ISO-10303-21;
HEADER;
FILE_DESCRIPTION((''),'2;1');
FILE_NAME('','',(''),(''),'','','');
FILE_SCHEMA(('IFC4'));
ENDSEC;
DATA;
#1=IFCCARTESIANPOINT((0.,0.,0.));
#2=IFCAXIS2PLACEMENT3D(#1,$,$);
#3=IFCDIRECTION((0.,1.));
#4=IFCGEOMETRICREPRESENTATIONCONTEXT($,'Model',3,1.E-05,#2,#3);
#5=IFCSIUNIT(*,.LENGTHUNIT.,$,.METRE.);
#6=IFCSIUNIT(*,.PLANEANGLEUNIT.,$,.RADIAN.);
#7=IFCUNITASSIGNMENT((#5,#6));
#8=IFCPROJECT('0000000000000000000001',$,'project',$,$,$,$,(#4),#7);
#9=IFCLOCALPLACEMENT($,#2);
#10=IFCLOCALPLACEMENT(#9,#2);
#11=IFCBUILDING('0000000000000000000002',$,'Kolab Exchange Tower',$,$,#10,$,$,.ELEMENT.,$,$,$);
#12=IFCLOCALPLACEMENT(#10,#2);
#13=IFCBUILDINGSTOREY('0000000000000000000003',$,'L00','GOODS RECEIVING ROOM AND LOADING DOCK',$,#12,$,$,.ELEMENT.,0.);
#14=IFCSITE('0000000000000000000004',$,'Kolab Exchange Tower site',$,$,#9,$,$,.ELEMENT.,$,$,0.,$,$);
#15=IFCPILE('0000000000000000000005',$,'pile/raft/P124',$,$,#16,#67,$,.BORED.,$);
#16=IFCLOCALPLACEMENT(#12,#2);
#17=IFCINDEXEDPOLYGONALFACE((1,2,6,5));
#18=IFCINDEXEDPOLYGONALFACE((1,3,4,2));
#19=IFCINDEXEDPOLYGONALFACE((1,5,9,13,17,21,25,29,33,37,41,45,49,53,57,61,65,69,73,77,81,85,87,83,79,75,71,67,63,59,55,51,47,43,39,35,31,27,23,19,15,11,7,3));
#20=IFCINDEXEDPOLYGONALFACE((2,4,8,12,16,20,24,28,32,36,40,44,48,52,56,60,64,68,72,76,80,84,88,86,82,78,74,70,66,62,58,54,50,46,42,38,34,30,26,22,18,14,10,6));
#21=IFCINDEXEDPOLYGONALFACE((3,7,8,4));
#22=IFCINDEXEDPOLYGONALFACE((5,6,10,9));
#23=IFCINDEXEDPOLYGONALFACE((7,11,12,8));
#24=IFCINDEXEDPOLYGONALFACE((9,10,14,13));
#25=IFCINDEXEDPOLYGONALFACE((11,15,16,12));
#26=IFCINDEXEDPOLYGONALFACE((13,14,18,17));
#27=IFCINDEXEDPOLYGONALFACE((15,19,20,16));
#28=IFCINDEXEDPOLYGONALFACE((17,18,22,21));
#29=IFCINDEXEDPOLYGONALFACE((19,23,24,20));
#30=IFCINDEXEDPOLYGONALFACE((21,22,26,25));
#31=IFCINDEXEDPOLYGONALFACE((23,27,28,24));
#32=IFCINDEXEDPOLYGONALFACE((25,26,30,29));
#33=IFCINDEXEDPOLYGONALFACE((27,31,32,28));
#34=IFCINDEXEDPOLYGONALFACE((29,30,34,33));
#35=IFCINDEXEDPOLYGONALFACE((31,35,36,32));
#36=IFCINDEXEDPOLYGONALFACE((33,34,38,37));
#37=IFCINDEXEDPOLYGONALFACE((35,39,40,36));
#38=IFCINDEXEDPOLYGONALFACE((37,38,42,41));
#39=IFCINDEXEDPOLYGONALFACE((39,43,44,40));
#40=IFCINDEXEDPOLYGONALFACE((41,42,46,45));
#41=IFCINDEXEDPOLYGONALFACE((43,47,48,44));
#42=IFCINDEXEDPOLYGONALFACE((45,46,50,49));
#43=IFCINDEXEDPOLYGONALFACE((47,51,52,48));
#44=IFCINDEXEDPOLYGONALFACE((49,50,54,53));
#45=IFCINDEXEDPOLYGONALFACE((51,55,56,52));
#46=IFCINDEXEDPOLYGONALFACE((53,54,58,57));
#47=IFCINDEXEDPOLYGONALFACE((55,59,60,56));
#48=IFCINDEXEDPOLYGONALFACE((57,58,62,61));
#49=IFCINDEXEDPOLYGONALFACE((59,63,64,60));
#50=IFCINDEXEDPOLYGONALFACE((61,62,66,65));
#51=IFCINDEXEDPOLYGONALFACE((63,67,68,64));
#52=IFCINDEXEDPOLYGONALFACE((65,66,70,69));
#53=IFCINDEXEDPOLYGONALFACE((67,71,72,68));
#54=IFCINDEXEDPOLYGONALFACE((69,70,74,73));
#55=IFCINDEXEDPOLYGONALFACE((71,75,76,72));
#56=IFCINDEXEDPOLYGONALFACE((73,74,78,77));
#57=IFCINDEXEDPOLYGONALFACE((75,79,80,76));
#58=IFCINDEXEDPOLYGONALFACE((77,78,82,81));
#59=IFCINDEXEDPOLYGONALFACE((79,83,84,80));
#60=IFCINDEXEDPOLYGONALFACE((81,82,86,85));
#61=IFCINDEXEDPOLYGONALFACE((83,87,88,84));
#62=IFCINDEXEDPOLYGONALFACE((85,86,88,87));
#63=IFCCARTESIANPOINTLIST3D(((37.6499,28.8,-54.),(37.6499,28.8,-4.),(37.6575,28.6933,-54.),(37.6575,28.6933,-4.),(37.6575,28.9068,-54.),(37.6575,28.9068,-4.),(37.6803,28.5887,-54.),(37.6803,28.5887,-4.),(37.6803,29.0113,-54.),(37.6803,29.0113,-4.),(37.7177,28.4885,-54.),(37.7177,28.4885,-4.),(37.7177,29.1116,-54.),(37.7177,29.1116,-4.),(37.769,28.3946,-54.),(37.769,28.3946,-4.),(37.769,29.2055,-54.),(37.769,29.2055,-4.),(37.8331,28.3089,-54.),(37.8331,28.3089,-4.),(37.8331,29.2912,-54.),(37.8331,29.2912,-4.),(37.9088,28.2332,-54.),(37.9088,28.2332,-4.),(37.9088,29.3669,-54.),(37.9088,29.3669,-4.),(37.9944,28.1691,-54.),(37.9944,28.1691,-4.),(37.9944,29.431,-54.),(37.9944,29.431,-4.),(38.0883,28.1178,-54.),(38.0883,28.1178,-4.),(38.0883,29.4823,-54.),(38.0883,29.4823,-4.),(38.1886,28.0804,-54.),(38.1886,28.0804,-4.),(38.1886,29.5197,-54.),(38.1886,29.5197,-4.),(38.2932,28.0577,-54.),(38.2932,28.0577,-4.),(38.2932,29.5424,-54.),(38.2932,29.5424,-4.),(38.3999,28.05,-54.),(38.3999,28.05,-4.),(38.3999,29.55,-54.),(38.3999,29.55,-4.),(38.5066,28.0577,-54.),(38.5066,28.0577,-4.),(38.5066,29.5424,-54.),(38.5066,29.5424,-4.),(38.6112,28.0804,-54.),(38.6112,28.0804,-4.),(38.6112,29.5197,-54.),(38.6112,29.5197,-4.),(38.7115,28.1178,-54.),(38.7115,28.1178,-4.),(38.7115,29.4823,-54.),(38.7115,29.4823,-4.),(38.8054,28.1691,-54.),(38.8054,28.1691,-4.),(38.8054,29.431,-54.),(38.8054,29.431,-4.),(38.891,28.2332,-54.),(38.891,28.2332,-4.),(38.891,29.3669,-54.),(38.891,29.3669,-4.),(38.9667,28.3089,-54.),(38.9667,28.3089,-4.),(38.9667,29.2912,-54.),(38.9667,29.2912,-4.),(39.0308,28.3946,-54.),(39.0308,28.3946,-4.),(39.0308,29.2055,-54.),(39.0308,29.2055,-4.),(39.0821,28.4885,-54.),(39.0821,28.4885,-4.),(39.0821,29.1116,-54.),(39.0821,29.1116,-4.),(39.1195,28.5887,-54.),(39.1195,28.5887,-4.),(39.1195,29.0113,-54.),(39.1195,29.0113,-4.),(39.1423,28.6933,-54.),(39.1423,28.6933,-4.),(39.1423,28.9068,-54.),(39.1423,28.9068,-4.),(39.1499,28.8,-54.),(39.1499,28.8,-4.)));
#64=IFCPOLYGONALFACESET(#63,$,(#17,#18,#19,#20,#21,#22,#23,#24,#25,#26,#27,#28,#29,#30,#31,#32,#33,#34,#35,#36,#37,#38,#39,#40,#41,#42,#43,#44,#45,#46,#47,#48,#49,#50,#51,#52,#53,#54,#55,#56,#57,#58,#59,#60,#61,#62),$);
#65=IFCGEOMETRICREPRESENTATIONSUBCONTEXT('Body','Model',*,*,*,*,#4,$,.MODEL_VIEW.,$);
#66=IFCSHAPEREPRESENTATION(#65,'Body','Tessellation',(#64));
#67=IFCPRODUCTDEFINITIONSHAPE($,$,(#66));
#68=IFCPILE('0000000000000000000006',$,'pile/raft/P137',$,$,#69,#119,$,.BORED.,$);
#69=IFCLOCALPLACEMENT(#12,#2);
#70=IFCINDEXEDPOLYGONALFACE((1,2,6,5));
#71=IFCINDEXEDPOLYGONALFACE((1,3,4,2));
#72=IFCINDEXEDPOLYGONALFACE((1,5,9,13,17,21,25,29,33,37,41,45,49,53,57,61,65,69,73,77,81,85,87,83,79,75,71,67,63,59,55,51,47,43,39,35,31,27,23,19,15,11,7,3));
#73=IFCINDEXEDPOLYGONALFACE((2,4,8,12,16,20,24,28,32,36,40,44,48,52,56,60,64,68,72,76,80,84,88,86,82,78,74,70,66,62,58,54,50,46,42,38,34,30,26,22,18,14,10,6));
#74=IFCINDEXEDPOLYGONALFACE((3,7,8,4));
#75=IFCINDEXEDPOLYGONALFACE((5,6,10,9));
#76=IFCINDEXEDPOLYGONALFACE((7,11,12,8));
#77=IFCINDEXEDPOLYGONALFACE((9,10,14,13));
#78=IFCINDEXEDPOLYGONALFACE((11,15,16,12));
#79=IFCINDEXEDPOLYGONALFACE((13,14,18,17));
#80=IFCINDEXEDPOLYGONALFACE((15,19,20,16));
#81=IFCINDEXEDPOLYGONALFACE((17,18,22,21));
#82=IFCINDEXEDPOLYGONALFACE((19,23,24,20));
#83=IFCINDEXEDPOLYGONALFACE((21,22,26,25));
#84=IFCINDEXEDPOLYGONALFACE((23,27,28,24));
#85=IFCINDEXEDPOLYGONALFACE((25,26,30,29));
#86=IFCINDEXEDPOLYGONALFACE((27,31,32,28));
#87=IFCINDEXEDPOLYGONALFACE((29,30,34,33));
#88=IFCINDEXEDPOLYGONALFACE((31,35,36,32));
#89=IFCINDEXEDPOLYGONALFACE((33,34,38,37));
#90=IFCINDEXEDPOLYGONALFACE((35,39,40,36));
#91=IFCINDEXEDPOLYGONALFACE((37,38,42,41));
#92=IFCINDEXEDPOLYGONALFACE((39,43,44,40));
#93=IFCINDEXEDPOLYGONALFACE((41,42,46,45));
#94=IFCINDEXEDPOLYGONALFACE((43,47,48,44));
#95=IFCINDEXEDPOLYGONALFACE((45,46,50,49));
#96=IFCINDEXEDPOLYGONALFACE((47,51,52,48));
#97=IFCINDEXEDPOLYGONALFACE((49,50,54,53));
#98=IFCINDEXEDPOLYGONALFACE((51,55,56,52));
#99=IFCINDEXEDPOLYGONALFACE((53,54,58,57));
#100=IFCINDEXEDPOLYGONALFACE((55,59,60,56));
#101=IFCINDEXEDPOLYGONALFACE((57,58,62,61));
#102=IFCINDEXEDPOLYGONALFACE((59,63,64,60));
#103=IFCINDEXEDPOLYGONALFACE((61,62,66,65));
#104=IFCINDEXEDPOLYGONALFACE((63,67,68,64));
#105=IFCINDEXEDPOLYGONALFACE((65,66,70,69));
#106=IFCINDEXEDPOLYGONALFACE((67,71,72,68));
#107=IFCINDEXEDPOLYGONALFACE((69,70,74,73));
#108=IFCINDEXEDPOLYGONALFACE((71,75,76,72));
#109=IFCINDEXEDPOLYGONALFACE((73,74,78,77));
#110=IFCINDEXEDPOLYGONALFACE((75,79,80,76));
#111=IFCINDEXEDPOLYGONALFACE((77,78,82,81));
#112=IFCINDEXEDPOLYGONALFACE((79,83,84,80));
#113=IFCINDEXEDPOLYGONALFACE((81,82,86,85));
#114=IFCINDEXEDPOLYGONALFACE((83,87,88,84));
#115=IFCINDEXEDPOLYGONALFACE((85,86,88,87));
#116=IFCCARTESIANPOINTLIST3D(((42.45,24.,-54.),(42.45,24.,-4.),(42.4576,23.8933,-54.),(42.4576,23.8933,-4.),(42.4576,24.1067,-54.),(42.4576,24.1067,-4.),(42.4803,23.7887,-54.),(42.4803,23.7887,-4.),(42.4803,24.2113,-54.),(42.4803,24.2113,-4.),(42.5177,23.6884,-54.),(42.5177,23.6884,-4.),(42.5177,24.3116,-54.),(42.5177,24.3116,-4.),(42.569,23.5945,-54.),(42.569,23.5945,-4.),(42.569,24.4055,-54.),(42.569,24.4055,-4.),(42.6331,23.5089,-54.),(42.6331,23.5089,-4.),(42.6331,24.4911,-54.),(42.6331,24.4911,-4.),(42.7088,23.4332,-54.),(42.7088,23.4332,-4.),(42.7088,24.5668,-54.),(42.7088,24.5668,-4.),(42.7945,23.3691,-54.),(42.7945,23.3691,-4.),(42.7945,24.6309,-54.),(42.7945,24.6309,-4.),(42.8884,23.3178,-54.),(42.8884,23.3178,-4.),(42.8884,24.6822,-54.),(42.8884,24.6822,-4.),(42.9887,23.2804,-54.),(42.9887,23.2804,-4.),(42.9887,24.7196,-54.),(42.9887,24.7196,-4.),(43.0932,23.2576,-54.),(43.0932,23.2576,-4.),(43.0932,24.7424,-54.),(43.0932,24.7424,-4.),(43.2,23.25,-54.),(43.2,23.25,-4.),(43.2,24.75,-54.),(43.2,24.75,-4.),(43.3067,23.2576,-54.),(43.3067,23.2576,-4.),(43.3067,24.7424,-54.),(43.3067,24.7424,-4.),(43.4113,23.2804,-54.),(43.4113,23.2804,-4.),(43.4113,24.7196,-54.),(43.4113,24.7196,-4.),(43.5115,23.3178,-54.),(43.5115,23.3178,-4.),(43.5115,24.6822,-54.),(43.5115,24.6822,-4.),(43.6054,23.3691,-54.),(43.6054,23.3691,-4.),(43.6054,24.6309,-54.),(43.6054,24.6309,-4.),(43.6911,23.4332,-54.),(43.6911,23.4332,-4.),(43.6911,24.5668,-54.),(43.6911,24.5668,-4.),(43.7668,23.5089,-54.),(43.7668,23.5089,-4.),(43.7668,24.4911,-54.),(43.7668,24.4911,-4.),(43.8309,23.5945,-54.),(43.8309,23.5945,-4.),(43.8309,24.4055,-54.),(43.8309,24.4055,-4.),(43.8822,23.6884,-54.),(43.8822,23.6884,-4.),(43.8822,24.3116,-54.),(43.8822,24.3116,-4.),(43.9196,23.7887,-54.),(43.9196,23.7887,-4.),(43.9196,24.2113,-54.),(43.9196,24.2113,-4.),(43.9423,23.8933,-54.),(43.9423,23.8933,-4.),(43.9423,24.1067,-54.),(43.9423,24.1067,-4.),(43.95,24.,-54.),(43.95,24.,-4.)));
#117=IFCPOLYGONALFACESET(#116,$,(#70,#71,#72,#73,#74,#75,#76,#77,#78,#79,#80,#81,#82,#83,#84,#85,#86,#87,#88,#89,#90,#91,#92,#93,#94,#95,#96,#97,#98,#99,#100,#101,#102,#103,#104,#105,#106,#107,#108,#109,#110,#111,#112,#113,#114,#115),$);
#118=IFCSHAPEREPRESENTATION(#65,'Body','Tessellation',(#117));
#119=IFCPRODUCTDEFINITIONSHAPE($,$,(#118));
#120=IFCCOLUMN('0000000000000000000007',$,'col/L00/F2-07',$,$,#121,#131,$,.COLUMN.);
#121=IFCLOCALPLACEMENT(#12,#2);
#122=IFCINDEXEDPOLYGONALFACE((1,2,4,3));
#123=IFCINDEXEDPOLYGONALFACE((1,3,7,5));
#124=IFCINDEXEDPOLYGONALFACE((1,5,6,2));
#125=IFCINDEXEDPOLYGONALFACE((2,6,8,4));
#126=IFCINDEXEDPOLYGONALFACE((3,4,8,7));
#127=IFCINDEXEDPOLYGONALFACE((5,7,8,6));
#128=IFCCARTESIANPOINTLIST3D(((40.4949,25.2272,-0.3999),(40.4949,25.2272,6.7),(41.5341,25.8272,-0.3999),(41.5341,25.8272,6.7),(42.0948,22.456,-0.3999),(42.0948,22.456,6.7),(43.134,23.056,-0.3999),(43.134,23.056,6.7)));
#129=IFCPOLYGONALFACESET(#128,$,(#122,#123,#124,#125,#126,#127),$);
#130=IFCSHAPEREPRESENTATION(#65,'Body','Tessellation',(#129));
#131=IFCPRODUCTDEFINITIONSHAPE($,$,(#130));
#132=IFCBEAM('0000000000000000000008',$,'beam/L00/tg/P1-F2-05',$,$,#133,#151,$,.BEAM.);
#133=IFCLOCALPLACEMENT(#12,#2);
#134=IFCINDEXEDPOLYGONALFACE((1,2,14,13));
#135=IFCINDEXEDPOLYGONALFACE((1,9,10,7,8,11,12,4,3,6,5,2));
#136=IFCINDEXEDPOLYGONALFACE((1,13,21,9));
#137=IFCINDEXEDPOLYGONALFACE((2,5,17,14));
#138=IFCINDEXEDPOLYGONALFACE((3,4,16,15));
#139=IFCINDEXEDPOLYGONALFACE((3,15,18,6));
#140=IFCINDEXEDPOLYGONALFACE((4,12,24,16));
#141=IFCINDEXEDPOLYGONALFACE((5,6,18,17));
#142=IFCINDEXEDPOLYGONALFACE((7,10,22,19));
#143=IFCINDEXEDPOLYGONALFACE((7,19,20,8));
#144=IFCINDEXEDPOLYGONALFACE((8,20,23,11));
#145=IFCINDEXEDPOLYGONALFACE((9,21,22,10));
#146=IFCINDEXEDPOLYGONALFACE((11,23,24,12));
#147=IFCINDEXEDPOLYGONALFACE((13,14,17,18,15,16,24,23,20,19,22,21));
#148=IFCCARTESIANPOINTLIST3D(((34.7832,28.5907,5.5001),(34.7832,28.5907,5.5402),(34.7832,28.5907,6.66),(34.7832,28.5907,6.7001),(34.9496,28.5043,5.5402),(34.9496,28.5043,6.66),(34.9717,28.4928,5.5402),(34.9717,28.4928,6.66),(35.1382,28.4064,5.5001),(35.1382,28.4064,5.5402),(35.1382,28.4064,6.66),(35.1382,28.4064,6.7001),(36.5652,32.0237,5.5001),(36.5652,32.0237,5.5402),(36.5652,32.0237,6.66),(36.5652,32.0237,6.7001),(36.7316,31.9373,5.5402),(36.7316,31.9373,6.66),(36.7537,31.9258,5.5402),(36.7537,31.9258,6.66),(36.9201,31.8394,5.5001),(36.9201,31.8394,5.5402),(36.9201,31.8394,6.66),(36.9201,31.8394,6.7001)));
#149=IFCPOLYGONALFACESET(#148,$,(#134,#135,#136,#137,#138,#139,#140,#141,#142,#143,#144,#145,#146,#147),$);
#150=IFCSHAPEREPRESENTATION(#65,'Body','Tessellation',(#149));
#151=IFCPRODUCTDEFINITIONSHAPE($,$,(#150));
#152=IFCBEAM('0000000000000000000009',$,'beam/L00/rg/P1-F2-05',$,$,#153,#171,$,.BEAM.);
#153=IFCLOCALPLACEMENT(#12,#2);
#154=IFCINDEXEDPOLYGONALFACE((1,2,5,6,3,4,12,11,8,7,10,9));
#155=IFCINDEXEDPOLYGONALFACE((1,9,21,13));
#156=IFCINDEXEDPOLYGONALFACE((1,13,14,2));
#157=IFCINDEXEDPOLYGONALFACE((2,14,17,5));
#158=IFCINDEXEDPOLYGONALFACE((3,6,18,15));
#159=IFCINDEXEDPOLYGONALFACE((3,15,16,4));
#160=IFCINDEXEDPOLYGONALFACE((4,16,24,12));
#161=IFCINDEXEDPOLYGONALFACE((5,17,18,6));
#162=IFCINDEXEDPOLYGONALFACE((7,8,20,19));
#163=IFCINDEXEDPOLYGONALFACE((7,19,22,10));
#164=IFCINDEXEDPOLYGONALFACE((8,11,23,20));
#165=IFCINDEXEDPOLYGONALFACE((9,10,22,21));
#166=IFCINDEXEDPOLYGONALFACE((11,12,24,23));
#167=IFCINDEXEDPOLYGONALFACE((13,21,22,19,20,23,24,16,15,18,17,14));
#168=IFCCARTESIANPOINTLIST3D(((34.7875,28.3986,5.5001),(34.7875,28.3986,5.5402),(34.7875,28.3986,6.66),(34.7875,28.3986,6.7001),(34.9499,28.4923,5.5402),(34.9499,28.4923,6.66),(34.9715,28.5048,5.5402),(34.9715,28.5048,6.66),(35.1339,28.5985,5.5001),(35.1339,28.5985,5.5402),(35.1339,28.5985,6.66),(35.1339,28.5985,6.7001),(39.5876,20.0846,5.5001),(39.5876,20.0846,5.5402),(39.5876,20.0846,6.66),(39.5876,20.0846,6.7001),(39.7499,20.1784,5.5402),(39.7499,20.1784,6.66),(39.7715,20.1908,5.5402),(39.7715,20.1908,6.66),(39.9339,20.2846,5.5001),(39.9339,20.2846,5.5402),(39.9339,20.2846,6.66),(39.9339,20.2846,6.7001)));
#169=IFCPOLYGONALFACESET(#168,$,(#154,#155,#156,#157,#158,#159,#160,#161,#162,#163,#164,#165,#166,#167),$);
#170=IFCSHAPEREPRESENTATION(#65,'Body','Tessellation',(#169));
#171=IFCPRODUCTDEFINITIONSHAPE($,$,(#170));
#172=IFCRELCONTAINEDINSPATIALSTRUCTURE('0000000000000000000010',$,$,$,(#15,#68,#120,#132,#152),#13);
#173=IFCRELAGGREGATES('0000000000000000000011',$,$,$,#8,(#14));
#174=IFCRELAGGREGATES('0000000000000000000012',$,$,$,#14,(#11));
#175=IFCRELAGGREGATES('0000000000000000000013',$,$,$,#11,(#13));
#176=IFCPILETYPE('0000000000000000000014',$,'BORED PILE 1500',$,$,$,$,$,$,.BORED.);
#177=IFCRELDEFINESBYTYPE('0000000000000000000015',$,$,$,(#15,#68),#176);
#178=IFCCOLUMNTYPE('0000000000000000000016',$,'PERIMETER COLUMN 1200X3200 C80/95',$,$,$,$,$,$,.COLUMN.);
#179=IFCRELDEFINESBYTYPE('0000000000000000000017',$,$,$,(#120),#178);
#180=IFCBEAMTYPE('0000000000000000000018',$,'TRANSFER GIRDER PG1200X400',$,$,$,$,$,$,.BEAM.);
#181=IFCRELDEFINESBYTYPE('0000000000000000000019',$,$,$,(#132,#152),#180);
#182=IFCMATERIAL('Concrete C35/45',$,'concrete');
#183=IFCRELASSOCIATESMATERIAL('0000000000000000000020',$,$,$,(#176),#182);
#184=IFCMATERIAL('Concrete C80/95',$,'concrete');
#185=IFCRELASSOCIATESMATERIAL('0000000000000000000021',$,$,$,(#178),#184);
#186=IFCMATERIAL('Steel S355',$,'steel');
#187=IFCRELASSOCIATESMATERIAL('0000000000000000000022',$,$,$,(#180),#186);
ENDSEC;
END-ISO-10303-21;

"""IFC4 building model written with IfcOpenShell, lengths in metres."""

from ifc_helpers import new_model, si_unit, direction, frame, origin, origin_2d, place, context, subcontext, project, spatial, rectangle, circle, i_section, extrude, material, material_profile, profile_set, type_object, element, save


model = new_model("IFC4")

# Units and contexts
model_context = context("Model", 3, precision=1e-05, world=origin(), true_north=direction((0.0, 1.0)))
body_context = subcontext(model_context, "Body", "Model", "MODEL_VIEW")
ifc_project = project(units=[si_unit("LENGTHUNIT", "METRE"), si_unit("PLANEANGLEUNIT", "RADIAN")], contexts=[model_context])

# Site, building, storey
site_placement = place(None, origin())
site = spatial("IfcSite", under=ifc_project, at=site_placement, Name="Kolab Exchange Tower site", CompositionType="ELEMENT", RefElevation=0.0)
building_placement = place(site_placement, origin())
building = spatial("IfcBuilding", under=site, at=building_placement, Name="Kolab Exchange Tower", CompositionType="ELEMENT")
storey_placement = place(building_placement, origin())
storey = spatial("IfcBuildingStorey", under=building, at=storey_placement, Name="L00", Description="GOODS RECEIVING ROOM AND LOADING DOCK", CompositionType="ELEMENT", Elevation=0.0)

# Piles
ifc_material_1 = material(Name="Concrete C35/45", Category="concrete")
ifc_material_profile_1 = material_profile(ifc_material_1, circle(Radius=0.75, at=origin_2d()), Name="BP1500")
ifc_profile_set_1 = profile_set([ifc_material_profile_1], Name="Concrete C35/45")
pile_type = type_object("IfcPileType", Name="BORED PILE 1500", PredefinedType="BORED", material=ifc_profile_set_1)
for number, where, z_axis, x_axis, name in (
    (1, (38.3999, 28.8, -4.0), (0.0, 0.0, -1.0), (1.0, 0.0, 0.0), "pile/raft/P124"),
    (2, (43.2, 24.0, -4.0), (0.0, 0.0, -1.0), (1.0, 0.0, 0.0), "pile/raft/P137"),
):
    element("IfcPile", number, at=place(storey_placement, frame(where, z_axis=z_axis, x_axis=x_axis)), inside=storey, type_object=pile_type, Name=name, PredefinedType="BORED", context=body_context, shape_type="SweptSolid", body=[
        extrude(circle(Radius=0.75, at=origin_2d()), origin(), (0.0, 0.0, 1.0), 50.0),
    ])

# Column
ifc_material_2 = material(Name="Concrete C80/95", Category="concrete")
ifc_material_profile_2 = material_profile(ifc_material_2, rectangle(XDim=1.2, YDim=3.2, at=origin_2d()), Name="RC1200X3200")
ifc_profile_set_2 = profile_set([ifc_material_profile_2], Name="Concrete C80/95")
column_type = type_object("IfcColumnType", Name="PERIMETER COLUMN 1200X3200 C80/95", PredefinedType="COLUMN", material=ifc_profile_set_2)
column_placement = place(storey_placement, frame((41.8145, 24.1416, -0.3999), z_axis=(0.0, 0.0, 1.0), x_axis=(0.866025, 0.5, 0.0)))
element("IfcColumn", 3, at=column_placement, inside=storey, type_object=column_type, Name="col/L00/F2-07", PredefinedType="COLUMN", context=body_context, shape_type="SweptSolid", body=[
    extrude(rectangle(XDim=1.2, YDim=3.2, at=origin_2d()), origin(), (0.0, 0.0, 1.0), 7.0999),
])

# Beams
ifc_material_3 = material(Name="Steel S355", Category="steel")
ifc_material_profile_3 = material_profile(ifc_material_3, i_section(OverallWidth=0.3999, OverallDepth=1.2, WebThickness=0.0249, FlangeThickness=0.04, at=origin_2d()), Name="PG1200X400")
ifc_profile_set_3 = profile_set([ifc_material_profile_3], Name="Steel S355")
beam_type = type_object("IfcBeamType", Name="TRANSFER GIRDER PG1200X400", PredefinedType="BEAM", material=ifc_profile_set_3)
beam_1_placement = place(storey_placement, frame((34.9607, 28.4985, 6.1001), z_axis=(0.460695, 0.887559, 0.0), x_axis=(-0.887559, 0.460695, 0.0)))
element("IfcBeam", 4, at=beam_1_placement, inside=storey, type_object=beam_type, Name="beam/L00/tg/P1-F2-05", PredefinedType="BEAM", context=body_context, shape_type="SweptSolid", body=[
    extrude(i_section(OverallWidth=0.3999, OverallDepth=1.2, WebThickness=0.0249, FlangeThickness=0.04, at=origin_2d()), origin(), (0.0, 0.0, 1.0), 3.8679),
])
beam_2_placement = place(storey_placement, frame((34.9607, 28.4985, 6.1001), z_axis=(0.499998, -0.866026, 0.0), x_axis=(0.866026, 0.499998, 0.0)))
element("IfcBeam", 5, at=beam_2_placement, inside=storey, type_object=beam_type, Name="beam/L00/rg/P1-F2-05", PredefinedType="BEAM", context=body_context, shape_type="SweptSolid", body=[
    extrude(i_section(OverallWidth=0.3999, OverallDepth=1.2, WebThickness=0.0249, FlangeThickness=0.04, at=origin_2d()), origin(), (0.0, 0.0, 1.0), 9.6001),
])

save(model, "model.ifc")
